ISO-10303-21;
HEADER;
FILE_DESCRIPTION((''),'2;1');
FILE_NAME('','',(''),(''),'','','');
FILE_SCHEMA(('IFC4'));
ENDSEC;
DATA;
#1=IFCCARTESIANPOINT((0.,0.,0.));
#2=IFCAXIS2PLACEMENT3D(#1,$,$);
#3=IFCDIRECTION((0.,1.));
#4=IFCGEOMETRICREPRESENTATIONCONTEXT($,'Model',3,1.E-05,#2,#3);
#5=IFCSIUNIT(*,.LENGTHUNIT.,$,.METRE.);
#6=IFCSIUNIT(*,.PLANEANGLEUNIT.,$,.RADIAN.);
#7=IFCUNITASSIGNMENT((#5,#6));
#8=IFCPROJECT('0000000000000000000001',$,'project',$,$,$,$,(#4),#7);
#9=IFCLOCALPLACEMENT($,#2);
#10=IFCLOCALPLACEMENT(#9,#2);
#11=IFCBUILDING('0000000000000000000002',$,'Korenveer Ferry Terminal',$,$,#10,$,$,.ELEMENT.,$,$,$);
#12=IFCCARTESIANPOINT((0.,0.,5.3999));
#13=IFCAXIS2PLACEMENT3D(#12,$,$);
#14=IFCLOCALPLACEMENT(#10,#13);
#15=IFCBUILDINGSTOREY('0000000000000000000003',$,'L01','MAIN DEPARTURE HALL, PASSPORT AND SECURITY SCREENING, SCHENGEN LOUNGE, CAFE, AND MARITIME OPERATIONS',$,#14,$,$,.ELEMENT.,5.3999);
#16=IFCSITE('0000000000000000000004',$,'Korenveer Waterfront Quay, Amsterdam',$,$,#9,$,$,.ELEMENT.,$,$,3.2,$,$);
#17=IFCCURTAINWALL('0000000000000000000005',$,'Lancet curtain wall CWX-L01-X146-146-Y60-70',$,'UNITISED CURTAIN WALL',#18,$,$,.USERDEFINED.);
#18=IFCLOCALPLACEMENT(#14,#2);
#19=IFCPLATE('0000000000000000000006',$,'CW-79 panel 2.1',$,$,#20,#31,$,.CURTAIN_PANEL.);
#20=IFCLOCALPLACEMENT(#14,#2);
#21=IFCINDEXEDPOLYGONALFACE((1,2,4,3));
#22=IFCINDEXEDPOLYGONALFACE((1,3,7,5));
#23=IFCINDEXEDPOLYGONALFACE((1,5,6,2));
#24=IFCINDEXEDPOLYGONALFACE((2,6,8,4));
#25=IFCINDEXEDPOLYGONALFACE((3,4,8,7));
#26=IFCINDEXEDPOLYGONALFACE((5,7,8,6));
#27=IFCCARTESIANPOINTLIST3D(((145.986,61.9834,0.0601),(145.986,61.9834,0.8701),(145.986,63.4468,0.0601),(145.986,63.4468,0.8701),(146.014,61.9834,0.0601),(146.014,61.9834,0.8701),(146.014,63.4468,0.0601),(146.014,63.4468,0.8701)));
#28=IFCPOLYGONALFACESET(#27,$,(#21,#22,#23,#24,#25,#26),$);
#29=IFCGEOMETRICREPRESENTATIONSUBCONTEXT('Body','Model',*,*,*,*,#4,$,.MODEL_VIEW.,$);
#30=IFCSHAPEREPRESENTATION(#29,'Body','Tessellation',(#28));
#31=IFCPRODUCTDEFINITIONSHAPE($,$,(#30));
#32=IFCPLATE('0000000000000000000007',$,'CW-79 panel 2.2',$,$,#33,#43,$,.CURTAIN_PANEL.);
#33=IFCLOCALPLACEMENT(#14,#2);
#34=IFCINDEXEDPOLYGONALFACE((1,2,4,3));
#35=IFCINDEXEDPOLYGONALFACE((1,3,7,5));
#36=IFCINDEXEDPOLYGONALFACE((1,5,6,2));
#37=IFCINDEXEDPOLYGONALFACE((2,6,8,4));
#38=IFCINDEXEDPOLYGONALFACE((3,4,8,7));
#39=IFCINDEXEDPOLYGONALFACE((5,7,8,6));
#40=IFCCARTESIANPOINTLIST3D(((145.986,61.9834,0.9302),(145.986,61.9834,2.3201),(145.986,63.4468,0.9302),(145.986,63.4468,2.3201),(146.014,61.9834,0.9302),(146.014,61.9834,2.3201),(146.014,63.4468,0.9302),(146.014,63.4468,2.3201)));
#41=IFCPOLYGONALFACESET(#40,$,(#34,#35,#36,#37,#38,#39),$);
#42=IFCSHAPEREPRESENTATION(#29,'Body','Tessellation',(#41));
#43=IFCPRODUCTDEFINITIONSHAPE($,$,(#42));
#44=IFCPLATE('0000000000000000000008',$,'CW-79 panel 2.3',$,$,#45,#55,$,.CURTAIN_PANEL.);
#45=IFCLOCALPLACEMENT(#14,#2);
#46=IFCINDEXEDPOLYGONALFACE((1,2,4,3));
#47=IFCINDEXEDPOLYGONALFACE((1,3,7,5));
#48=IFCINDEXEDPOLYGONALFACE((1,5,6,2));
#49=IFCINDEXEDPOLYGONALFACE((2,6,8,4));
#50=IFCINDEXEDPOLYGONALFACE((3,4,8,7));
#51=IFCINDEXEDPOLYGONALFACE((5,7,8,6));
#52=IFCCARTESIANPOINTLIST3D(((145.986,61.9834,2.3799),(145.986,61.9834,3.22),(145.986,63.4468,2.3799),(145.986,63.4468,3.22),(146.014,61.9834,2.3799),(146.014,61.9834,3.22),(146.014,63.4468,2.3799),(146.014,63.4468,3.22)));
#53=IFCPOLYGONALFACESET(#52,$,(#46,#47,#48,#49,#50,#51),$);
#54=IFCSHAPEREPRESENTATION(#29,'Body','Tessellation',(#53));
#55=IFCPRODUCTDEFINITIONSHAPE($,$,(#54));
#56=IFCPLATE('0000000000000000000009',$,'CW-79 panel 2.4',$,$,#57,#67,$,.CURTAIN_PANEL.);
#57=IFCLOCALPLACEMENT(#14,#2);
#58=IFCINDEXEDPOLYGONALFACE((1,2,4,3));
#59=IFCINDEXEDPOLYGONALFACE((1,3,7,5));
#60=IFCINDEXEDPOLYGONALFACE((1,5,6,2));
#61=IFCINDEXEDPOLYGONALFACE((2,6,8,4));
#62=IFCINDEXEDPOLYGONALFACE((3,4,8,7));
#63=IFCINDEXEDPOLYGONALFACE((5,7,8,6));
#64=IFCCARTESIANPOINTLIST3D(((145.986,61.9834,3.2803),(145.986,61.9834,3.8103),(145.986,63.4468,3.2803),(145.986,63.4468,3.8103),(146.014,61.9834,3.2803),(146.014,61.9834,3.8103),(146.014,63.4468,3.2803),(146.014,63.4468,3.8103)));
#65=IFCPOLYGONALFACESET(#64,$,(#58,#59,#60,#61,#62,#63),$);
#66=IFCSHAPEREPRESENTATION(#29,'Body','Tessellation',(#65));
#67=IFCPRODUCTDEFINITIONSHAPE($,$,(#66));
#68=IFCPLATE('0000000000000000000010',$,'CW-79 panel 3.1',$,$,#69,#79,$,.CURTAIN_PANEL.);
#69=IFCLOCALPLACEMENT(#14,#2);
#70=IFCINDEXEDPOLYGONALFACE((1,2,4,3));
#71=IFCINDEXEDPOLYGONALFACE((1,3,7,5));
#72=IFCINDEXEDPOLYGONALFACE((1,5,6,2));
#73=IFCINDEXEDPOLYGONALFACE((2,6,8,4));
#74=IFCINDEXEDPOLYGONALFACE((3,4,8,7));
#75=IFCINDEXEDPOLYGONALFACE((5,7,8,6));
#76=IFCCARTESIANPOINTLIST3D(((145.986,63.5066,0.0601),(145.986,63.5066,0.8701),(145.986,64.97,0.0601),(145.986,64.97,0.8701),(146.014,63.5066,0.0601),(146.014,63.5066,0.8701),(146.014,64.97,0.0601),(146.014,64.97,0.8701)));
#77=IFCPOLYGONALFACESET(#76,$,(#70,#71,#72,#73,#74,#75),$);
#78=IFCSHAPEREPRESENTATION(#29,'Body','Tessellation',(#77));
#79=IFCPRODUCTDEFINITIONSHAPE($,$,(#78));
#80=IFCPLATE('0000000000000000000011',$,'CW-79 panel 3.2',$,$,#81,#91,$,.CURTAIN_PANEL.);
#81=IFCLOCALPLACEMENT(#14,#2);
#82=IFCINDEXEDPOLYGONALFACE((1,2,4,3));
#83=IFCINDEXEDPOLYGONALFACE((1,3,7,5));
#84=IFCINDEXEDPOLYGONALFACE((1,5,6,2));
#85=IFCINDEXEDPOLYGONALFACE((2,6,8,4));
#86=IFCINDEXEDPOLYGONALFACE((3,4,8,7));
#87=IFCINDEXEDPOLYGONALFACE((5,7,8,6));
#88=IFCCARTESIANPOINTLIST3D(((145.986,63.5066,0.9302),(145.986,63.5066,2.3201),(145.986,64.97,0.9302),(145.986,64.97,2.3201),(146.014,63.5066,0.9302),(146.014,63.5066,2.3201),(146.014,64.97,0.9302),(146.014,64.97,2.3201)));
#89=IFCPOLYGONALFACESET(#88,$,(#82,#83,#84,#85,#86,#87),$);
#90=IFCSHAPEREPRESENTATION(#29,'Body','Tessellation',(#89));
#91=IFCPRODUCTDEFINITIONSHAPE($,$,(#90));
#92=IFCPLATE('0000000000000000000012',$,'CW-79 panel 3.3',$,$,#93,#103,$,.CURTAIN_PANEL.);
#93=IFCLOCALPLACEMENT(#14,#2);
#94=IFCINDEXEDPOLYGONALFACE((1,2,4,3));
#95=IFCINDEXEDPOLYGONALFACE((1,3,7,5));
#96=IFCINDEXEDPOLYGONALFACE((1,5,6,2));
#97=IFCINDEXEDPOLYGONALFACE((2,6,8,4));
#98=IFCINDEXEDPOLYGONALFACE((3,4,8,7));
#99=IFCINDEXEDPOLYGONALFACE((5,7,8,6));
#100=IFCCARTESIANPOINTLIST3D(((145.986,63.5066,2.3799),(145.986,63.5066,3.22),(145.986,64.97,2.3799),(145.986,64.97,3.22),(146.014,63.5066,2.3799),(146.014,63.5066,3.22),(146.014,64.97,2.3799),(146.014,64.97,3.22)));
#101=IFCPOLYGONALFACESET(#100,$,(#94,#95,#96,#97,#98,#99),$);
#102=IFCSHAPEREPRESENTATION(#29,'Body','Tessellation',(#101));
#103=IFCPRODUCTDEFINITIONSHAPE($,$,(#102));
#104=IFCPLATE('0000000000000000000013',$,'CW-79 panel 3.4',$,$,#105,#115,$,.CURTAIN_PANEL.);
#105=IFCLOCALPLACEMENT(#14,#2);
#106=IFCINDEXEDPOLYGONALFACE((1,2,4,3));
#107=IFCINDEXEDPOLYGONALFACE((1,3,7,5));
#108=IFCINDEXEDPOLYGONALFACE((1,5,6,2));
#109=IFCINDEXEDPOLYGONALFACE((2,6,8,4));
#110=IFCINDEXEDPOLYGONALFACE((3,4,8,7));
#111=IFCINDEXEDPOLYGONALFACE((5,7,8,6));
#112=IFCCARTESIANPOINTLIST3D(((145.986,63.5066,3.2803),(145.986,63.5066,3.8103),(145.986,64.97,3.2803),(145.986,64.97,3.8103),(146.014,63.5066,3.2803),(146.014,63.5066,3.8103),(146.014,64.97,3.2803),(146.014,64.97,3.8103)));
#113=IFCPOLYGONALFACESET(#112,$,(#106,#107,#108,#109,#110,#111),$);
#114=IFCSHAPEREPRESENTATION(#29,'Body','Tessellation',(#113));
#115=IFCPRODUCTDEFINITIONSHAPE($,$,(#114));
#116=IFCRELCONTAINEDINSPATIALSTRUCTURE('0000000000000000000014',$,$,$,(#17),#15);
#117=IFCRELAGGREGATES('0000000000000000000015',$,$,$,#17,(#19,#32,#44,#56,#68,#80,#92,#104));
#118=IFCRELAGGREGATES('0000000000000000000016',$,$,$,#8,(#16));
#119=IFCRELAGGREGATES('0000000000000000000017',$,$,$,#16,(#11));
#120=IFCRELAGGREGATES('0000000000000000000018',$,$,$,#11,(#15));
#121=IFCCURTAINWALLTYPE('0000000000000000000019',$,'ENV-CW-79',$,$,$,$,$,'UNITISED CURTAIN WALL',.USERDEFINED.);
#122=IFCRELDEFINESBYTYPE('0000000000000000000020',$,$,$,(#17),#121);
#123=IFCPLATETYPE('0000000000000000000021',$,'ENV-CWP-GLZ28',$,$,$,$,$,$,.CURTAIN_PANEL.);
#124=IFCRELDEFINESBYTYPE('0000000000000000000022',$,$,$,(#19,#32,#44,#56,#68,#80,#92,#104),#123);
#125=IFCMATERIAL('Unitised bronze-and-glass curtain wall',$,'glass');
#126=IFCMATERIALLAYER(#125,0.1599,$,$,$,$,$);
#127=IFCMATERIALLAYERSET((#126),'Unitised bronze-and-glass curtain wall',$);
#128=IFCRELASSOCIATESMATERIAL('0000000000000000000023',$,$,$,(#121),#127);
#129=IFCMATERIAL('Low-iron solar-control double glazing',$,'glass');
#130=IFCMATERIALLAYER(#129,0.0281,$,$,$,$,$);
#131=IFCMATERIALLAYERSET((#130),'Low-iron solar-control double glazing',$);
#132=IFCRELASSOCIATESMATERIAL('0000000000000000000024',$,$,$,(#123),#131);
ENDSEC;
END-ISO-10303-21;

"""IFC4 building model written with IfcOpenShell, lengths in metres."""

from ifc_helpers import new_model, si_unit, direction, frame, origin, origin_2d, place, context, subcontext, project, spatial, rectangle, extrude, material, layer, layer_set, type_object, element, aggregate, save


model = new_model("IFC4")

# Units and contexts
model_context = context("Model", 3, precision=1e-05, world=origin(), true_north=direction((0.0, 1.0)))
body_context = subcontext(model_context, "Body", "Model", "MODEL_VIEW")
ifc_project = project(units=[si_unit("LENGTHUNIT", "METRE"), si_unit("PLANEANGLEUNIT", "RADIAN")], contexts=[model_context])

# Site, building, storey
site_placement = place(None, origin())
site = spatial("IfcSite", under=ifc_project, at=site_placement, Name="Korenveer Waterfront Quay, Amsterdam", CompositionType="ELEMENT", RefElevation=3.2)
building_placement = place(site_placement, origin())
building = spatial("IfcBuilding", under=site, at=building_placement, Name="Korenveer Ferry Terminal", CompositionType="ELEMENT")
storey_placement = place(building_placement, frame((0.0, 0.0, 5.3999)))
storey = spatial("IfcBuildingStorey", under=building, at=storey_placement, Name="L01", Description="MAIN DEPARTURE HALL, PASSPORT AND SECURITY SCREENING, SCHENGEN LOUNGE, CAFE, AND MARITIME OPERATIONS", CompositionType="ELEMENT", Elevation=5.3999)

# Shared definitions
ifc_material_1 = material(Name="Unitised bronze-and-glass curtain wall", Category="glass")

# Curtain wall
ifc_layer_1 = layer(ifc_material_1, 0.1599)
ifc_layer_set_1 = layer_set([ifc_layer_1], Name="Unitised bronze-and-glass curtain wall")
curtain_wall_type_1 = type_object("IfcCurtainWallType", Name="ENV-CW-79", ElementType="UNITISED CURTAIN WALL", PredefinedType="USERDEFINED", material=ifc_layer_set_1)
curtain_wall_1_placement = place(storey_placement, frame((146.0, 60.4299, 0.0)))
curtain_wall_1 = element("IfcCurtainWall", 1, at=curtain_wall_1_placement, inside=storey, type_object=curtain_wall_type_1, Name="Lancet curtain wall CWX-L01-X146-146-Y60-70", ObjectType="UNITISED CURTAIN WALL", PredefinedType="USERDEFINED")

# Plates
ifc_material_2 = material(Name="Low-iron solar-control double glazing", Category="glass")
ifc_layer_2 = layer(ifc_material_2, 0.0281)
ifc_layer_set_2 = layer_set([ifc_layer_2], Name="Low-iron solar-control double glazing")
plate_type = type_object("IfcPlateType", Name="ENV-CWP-GLZ28", PredefinedType="CURTAIN_PANEL", material=ifc_layer_set_2)
plate_1_placement = place(storey_placement, frame((146.0, 62.7151, 0.0601), z_axis=(0.0, 0.0, 1.0), x_axis=(0.0, 1.0, 0.0)))
plate_1 = element("IfcPlate", 2, at=plate_1_placement, type_object=plate_type, Name="CW-79 panel 2.1", PredefinedType="CURTAIN_PANEL", context=body_context, shape_type="SweptSolid", body=[
    extrude(rectangle(XDim=1.4634, YDim=0.0281, at=origin_2d()), origin(), (0.0, 0.0, 1.0), 0.8101),
])
plate_2_placement = place(storey_placement, frame((146.0, 62.7151, 0.9302), z_axis=(0.0, 0.0, 1.0), x_axis=(0.0, 1.0, 0.0)))
plate_2 = element("IfcPlate", 3, at=plate_2_placement, type_object=plate_type, Name="CW-79 panel 2.2", PredefinedType="CURTAIN_PANEL", context=body_context, shape_type="SweptSolid", body=[
    extrude(rectangle(XDim=1.4634, YDim=0.0281, at=origin_2d()), origin(), (0.0, 0.0, 1.0), 1.3899),
])
plate_3_placement = place(storey_placement, frame((146.0, 62.7151, 2.3799), z_axis=(0.0, 0.0, 1.0), x_axis=(0.0, 1.0, 0.0)))
plate_3 = element("IfcPlate", 4, at=plate_3_placement, type_object=plate_type, Name="CW-79 panel 2.3", PredefinedType="CURTAIN_PANEL", context=body_context, shape_type="SweptSolid", body=[
    extrude(rectangle(XDim=1.4634, YDim=0.0281, at=origin_2d()), origin(), (0.0, 0.0, 1.0), 0.8401),
])
plate_4_placement = place(storey_placement, frame((146.0, 62.7151, 3.2803), z_axis=(0.0, 0.0, 1.0), x_axis=(0.0, 1.0, 0.0)))
plate_4 = element("IfcPlate", 5, at=plate_4_placement, type_object=plate_type, Name="CW-79 panel 2.4", PredefinedType="CURTAIN_PANEL", context=body_context, shape_type="SweptSolid", body=[
    extrude(rectangle(XDim=1.4634, YDim=0.0281, at=origin_2d()), origin(), (0.0, 0.0, 1.0), 0.53),
])
plate_5_placement = place(storey_placement, frame((146.0, 64.2383, 0.0601), z_axis=(0.0, 0.0, 1.0), x_axis=(0.0, 1.0, 0.0)))
plate_5 = element("IfcPlate", 6, at=plate_5_placement, type_object=plate_type, Name="CW-79 panel 3.1", PredefinedType="CURTAIN_PANEL", context=body_context, shape_type="SweptSolid", body=[
    extrude(rectangle(XDim=1.4634, YDim=0.0281, at=origin_2d()), origin(), (0.0, 0.0, 1.0), 0.8101),
])
plate_6_placement = place(storey_placement, frame((146.0, 64.2383, 0.9302), z_axis=(0.0, 0.0, 1.0), x_axis=(0.0, 1.0, 0.0)))
plate_6 = element("IfcPlate", 7, at=plate_6_placement, type_object=plate_type, Name="CW-79 panel 3.2", PredefinedType="CURTAIN_PANEL", context=body_context, shape_type="SweptSolid", body=[
    extrude(rectangle(XDim=1.4634, YDim=0.0281, at=origin_2d()), origin(), (0.0, 0.0, 1.0), 1.3899),
])
plate_7_placement = place(storey_placement, frame((146.0, 64.2383, 2.3799), z_axis=(0.0, 0.0, 1.0), x_axis=(0.0, 1.0, 0.0)))
plate_7 = element("IfcPlate", 8, at=plate_7_placement, type_object=plate_type, Name="CW-79 panel 3.3", PredefinedType="CURTAIN_PANEL", context=body_context, shape_type="SweptSolid", body=[
    extrude(rectangle(XDim=1.4634, YDim=0.0281, at=origin_2d()), origin(), (0.0, 0.0, 1.0), 0.8401),
])
plate_8_placement = place(storey_placement, frame((146.0, 64.2383, 3.2803), z_axis=(0.0, 0.0, 1.0), x_axis=(0.0, 1.0, 0.0)))
plate_8 = element("IfcPlate", 9, at=plate_8_placement, type_object=plate_type, Name="CW-79 panel 3.4", PredefinedType="CURTAIN_PANEL", context=body_context, shape_type="SweptSolid", body=[
    extrude(rectangle(XDim=1.4634, YDim=0.0281, at=origin_2d()), origin(), (0.0, 0.0, 1.0), 0.53),
])
aggregate(curtain_wall_1, [plate_1, plate_2, plate_3, plate_4, plate_5, plate_6, plate_7, plate_8])

save(model, "model.ifc")
